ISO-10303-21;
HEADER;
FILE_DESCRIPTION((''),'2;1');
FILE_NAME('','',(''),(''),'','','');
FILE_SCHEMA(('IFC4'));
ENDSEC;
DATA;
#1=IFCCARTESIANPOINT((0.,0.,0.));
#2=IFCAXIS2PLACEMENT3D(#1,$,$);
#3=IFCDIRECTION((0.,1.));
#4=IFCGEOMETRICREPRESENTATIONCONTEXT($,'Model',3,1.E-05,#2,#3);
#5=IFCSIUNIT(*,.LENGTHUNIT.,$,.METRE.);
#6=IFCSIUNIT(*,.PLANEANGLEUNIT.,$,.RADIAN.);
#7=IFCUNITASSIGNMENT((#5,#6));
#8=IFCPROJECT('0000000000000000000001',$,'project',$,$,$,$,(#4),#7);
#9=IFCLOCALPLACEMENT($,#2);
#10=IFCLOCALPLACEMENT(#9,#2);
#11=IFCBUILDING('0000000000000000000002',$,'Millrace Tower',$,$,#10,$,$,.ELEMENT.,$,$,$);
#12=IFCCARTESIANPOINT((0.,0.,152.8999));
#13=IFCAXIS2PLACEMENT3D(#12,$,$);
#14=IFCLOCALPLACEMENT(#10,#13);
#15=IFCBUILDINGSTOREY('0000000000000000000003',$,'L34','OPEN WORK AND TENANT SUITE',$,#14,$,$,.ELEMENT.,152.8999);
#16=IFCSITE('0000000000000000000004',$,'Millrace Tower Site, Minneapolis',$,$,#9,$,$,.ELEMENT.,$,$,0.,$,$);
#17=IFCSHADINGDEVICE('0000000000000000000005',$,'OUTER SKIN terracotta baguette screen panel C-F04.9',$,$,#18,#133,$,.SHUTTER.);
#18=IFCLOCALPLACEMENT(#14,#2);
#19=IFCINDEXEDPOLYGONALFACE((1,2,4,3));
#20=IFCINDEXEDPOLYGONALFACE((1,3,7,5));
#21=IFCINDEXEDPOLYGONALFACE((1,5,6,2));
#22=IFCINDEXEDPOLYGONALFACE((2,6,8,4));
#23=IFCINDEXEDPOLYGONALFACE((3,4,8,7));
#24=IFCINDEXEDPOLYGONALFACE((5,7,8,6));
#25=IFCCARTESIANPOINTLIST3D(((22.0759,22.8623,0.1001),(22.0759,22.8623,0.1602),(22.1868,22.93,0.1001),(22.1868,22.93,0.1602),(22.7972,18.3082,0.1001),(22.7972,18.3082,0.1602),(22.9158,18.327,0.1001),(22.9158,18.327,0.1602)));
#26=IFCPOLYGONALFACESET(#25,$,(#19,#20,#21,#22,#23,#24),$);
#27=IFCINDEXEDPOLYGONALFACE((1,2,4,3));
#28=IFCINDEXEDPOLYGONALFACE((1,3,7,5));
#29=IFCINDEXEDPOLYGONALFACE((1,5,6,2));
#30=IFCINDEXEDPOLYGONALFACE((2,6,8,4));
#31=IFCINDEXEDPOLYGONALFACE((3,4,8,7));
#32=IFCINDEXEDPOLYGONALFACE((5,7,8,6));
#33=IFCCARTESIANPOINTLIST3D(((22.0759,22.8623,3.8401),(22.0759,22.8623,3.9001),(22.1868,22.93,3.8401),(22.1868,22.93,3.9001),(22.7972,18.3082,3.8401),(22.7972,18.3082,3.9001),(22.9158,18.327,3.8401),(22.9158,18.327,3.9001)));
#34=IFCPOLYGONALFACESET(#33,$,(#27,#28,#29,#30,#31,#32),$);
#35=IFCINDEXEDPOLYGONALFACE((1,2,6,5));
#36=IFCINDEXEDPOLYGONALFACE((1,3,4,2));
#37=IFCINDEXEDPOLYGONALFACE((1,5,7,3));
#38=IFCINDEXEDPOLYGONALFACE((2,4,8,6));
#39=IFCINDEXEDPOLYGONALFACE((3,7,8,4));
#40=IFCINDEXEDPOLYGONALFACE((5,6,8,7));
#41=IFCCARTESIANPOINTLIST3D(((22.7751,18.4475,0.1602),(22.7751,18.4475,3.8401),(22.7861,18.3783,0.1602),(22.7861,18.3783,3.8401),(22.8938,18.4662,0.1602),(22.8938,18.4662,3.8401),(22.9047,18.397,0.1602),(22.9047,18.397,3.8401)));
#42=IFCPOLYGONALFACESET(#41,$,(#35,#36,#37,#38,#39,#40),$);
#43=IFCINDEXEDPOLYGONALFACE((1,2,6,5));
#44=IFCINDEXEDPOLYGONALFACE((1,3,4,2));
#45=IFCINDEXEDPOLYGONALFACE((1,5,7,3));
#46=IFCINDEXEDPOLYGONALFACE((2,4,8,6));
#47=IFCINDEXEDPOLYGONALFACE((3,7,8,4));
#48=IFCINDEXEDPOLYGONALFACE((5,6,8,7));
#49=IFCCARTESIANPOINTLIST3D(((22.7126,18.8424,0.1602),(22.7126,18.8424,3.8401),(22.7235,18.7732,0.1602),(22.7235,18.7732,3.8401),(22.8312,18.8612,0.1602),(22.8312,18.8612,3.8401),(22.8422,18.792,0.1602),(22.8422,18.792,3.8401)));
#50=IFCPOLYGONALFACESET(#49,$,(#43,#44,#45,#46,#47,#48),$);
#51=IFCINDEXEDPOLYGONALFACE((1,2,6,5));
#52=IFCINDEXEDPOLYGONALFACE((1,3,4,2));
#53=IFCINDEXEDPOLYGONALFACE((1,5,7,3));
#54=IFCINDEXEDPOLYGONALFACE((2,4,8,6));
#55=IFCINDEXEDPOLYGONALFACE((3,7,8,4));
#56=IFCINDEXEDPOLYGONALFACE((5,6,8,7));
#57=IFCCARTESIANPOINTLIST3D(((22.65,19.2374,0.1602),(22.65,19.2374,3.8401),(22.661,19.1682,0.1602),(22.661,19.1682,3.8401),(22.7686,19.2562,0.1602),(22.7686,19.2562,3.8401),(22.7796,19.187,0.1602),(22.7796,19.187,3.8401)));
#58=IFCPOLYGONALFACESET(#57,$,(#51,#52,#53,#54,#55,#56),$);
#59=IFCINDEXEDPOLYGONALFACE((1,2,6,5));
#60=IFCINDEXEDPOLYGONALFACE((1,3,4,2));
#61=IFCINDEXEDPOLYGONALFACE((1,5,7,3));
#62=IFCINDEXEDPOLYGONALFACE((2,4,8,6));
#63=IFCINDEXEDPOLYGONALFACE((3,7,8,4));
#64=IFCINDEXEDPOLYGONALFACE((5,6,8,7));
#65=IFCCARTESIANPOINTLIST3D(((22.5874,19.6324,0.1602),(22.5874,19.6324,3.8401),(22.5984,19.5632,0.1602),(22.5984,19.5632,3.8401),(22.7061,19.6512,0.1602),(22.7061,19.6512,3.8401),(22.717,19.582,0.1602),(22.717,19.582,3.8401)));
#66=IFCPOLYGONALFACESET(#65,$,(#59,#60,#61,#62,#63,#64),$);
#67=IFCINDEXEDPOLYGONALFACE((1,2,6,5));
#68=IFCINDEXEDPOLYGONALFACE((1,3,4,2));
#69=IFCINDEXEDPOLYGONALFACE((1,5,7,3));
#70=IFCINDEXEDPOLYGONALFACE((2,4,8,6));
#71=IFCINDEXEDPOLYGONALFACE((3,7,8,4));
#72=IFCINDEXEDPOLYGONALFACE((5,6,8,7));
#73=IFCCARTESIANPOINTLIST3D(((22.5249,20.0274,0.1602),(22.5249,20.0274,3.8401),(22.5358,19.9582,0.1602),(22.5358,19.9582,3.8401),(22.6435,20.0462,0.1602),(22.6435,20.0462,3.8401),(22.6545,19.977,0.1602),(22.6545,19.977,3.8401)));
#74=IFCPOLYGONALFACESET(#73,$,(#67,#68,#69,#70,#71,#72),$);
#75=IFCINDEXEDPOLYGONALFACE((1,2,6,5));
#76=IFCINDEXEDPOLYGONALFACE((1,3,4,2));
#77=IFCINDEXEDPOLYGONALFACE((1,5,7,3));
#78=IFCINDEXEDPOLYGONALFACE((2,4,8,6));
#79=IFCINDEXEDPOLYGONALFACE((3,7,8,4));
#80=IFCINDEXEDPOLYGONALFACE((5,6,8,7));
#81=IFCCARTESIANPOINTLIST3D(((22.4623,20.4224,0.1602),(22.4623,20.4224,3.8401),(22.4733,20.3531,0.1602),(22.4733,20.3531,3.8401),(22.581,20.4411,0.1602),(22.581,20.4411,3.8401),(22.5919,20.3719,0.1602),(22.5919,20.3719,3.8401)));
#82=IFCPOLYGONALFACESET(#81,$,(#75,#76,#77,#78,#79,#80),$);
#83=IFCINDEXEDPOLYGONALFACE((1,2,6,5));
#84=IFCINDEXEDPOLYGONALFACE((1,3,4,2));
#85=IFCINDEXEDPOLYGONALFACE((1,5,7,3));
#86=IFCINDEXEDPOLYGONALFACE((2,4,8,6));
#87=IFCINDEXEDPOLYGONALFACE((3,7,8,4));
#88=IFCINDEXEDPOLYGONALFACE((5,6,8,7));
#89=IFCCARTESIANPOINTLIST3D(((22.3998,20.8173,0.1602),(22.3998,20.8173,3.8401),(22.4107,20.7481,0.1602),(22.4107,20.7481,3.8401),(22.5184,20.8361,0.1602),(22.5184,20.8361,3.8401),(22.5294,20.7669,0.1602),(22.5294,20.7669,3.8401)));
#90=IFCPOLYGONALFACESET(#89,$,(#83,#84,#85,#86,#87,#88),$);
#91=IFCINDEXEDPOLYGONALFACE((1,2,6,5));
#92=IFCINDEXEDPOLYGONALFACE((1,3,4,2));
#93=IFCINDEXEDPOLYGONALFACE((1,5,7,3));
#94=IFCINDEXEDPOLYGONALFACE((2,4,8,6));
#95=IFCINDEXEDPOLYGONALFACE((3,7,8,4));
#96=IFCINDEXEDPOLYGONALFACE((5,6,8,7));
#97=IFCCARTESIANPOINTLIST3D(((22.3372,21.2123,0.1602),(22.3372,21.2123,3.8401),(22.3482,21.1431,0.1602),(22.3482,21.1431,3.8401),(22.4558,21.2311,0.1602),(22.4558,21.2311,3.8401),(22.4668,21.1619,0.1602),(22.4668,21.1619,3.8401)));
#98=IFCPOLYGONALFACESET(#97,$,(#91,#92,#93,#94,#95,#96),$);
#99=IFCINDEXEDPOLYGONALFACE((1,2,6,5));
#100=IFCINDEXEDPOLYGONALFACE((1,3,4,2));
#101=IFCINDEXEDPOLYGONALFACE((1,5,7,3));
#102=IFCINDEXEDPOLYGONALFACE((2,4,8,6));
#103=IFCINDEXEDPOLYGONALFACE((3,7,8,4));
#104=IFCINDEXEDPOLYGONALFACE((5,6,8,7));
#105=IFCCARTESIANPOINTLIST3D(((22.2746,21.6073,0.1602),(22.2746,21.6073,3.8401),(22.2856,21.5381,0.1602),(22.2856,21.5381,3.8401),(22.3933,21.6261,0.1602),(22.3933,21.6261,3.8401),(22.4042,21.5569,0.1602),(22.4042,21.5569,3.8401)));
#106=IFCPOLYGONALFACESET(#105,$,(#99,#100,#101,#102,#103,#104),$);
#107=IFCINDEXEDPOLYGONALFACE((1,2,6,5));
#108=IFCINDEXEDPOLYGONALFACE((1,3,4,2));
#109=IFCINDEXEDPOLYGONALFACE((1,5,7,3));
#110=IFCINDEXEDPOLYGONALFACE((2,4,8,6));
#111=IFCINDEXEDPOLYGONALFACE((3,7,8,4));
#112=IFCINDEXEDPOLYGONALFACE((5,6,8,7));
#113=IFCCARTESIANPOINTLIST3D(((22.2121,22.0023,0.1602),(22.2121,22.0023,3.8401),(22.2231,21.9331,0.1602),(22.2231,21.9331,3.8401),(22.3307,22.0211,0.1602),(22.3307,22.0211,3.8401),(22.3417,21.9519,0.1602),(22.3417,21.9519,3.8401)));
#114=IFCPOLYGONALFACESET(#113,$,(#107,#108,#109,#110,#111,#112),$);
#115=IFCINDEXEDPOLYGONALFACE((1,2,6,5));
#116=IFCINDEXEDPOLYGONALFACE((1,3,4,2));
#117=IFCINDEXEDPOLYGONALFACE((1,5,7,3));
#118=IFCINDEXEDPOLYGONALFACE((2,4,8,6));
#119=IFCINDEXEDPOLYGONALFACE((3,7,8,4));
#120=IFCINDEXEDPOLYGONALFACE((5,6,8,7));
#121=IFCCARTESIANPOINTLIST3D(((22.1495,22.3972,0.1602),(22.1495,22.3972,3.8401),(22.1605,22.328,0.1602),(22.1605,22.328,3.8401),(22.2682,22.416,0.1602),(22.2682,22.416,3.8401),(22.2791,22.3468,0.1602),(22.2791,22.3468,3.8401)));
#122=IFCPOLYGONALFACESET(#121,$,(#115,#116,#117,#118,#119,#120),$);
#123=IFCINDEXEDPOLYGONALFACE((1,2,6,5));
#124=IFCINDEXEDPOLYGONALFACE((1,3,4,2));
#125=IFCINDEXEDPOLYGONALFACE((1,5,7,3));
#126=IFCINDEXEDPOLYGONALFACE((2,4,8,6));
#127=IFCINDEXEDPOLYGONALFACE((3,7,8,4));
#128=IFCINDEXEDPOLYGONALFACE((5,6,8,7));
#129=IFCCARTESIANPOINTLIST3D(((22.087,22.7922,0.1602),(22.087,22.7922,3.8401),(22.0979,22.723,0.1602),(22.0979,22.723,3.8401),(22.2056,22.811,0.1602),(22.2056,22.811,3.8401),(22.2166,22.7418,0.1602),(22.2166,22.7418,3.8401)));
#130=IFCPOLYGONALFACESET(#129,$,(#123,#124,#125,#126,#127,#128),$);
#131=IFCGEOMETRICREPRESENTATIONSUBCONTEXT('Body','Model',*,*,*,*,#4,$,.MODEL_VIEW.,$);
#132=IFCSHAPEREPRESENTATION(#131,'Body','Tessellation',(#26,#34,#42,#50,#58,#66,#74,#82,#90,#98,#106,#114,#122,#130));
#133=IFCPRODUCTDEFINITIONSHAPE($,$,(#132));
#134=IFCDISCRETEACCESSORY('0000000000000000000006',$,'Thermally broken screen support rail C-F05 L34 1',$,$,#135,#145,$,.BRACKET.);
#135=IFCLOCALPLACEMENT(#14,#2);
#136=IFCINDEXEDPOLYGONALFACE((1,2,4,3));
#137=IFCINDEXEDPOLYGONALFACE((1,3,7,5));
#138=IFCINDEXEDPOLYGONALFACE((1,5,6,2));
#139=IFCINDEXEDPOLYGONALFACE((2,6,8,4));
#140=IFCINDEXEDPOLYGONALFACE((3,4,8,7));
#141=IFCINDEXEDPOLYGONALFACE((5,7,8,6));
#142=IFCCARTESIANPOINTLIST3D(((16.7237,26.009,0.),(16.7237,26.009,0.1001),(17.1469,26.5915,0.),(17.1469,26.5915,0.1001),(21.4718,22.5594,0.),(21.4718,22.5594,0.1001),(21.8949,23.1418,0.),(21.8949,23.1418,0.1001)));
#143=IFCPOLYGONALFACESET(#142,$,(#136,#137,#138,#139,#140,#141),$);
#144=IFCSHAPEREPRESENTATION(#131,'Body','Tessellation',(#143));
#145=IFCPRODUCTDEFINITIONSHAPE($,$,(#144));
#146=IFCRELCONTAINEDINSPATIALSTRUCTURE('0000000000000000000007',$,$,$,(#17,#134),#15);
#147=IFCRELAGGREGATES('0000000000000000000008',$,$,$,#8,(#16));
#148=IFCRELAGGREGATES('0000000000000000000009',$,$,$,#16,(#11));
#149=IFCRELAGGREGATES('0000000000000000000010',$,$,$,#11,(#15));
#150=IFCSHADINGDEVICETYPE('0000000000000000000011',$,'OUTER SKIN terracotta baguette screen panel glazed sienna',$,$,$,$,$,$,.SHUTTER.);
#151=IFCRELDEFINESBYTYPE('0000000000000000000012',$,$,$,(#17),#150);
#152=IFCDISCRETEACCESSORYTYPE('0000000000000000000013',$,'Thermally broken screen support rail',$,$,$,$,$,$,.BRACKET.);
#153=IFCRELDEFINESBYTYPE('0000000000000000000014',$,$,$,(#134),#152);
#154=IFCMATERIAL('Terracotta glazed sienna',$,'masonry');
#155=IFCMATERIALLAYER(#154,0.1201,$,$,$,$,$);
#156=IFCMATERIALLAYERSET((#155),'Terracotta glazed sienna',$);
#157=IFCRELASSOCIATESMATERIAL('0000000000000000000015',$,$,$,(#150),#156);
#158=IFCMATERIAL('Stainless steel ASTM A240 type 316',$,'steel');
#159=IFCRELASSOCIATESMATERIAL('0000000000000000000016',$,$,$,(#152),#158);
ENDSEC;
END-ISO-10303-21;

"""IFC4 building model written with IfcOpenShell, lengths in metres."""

from ifc_helpers import new_model, entity, si_unit, direction, frame, frame_2d, origin, origin_2d, place, context, subcontext, project, spatial, rectangle, extrude, source, transform, mapped, material, layer, layer_set, type_object, element, save


model = new_model("IFC4")

# Units and contexts
model_context = context("Model", 3, precision=1e-05, world=origin(), true_north=direction((0.0, 1.0)))
body_context = subcontext(model_context, "Body", "Model", "MODEL_VIEW")
ifc_project = project(units=[si_unit("LENGTHUNIT", "METRE"), si_unit("PLANEANGLEUNIT", "RADIAN")], contexts=[model_context])

# Site, building, storey
site_placement = place(None, origin())
site = spatial("IfcSite", under=ifc_project, at=site_placement, Name="Millrace Tower Site, Minneapolis", CompositionType="ELEMENT", RefElevation=0.0)
building_placement = place(site_placement, origin())
building = spatial("IfcBuilding", under=site, at=building_placement, Name="Millrace Tower", CompositionType="ELEMENT")
storey_placement = place(building_placement, frame((0.0, 0.0, 152.8999)))
storey = spatial("IfcBuildingStorey", under=building, at=storey_placement, Name="L34", Description="OPEN WORK AND TENANT SUITE", CompositionType="ELEMENT", Elevation=152.8999)

# Shading device
ifc_material_1 = material(Name="Terracotta glazed sienna", Category="masonry")
ifc_layer_1 = layer(ifc_material_1, 0.1201)
ifc_layer_set_1 = layer_set([ifc_layer_1], Name="Terracotta glazed sienna")
shading_device_type = type_object("IfcShadingDeviceType", Name="OUTER SKIN terracotta baguette screen panel glazed sienna", PredefinedType="SHUTTER", material=ifc_layer_set_1)
cartesian_point_1 = entity("IfcCartesianPoint", [-2.3179, 0.0601])
shared_polyline_1 = entity("IfcPolyline", [cartesian_point_1, entity("IfcCartesianPoint", [2.293, 0.0601]), entity("IfcCartesianPoint", [2.3425, -0.0601]), entity("IfcCartesianPoint", [-2.3179, -0.0601]), cartesian_point_1])
shared_shape_1 = source(origin(), body_context, "Body", "SweptSolid", [
    entity("IfcExtrudedAreaSolid", entity("IfcArbitraryClosedProfileDef", "AREA", None, shared_polyline_1), entity("IfcAxis2Placement3D", entity("IfcCartesianPoint", [0.0, 0.0, 0.0])), entity("IfcDirection", [0.0, 0.0, 1.0]), 0.0601),
    entity("IfcExtrudedAreaSolid", entity("IfcArbitraryClosedProfileDef", "AREA", None, shared_polyline_1), entity("IfcAxis2Placement3D", entity("IfcCartesianPoint", [0.0, 0.0, 3.74])), entity("IfcDirection", [0.0, 0.0, 1.0]), 0.0601),
    extrude(rectangle(XDim=0.0701, YDim=0.1201, at=frame_2d((-2.2119, 0.0))), frame((0.0, 0.0, 0.0601)), (0.0, 0.0, 1.0), 3.6799),
    extrude(rectangle(XDim=0.0701, YDim=0.1201, at=frame_2d((-1.812, 0.0))), frame((0.0, 0.0, 0.0601)), (0.0, 0.0, 1.0), 3.6799),
    extrude(rectangle(XDim=0.0701, YDim=0.1201, at=frame_2d((-1.4121, 0.0))), frame((0.0, 0.0, 0.0601)), (0.0, 0.0, 1.0), 3.6799),
    extrude(rectangle(XDim=0.0701, YDim=0.1201, at=frame_2d((-1.0122, 0.0))), frame((0.0, 0.0, 0.0601)), (0.0, 0.0, 1.0), 3.6799),
    extrude(rectangle(XDim=0.0701, YDim=0.1201, at=frame_2d((-0.6123, 0.0))), frame((0.0, 0.0, 0.0601)), (0.0, 0.0, 1.0), 3.6799),
    extrude(rectangle(XDim=0.0701, YDim=0.1201, at=frame_2d((-0.2124, 0.0))), frame((0.0, 0.0, 0.0601)), (0.0, 0.0, 1.0), 3.6799),
    extrude(rectangle(XDim=0.0701, YDim=0.1201, at=frame_2d((0.1875, 0.0))), frame((0.0, 0.0, 0.0601)), (0.0, 0.0, 1.0), 3.6799),
    extrude(rectangle(XDim=0.0701, YDim=0.1201, at=frame_2d((0.5874, 0.0))), frame((0.0, 0.0, 0.0601)), (0.0, 0.0, 1.0), 3.6799),
    extrude(rectangle(XDim=0.0701, YDim=0.1201, at=frame_2d((0.9873, 0.0))), frame((0.0, 0.0, 0.0601)), (0.0, 0.0, 1.0), 3.6799),
    extrude(rectangle(XDim=0.0701, YDim=0.1201, at=frame_2d((1.3872, 0.0))), frame((0.0, 0.0, 0.0601)), (0.0, 0.0, 1.0), 3.6799),
    extrude(rectangle(XDim=0.0701, YDim=0.1201, at=frame_2d((1.7871, 0.0))), frame((0.0, 0.0, 0.0601)), (0.0, 0.0, 1.0), 3.6799),
    extrude(rectangle(XDim=0.0701, YDim=0.1201, at=frame_2d((2.187, 0.0))), frame((0.0, 0.0, 0.0601)), (0.0, 0.0, 1.0), 3.6799),
])
shading_device_1_placement = place(storey_placement, frame((22.4939, 20.6069, 0.1001), z_axis=(0.0, 0.0, 1.0), x_axis=(-0.156434, 0.987688, 0.0)))
element("IfcShadingDevice", 1, at=shading_device_1_placement, inside=storey, type_object=shading_device_type, Name="OUTER SKIN terracotta baguette screen panel C-F04.9", PredefinedType="SHUTTER", context=body_context, shape_type="MappedRepresentation", body=[
    mapped(shared_shape_1, transform((0.0, 0.0, 0.0), scale=1.0)),
])

# Discrete accessory
ifc_material_2 = material(Name="Stainless steel ASTM A240 type 316", Category="steel")
discrete_accessory_type = type_object("IfcDiscreteAccessoryType", Name="Thermally broken screen support rail", PredefinedType="BRACKET", material=ifc_material_2)
discrete_accessory_placement = place(storey_placement, frame((19.3093, 24.5754, 0.0), z_axis=(0.0, 0.0, 1.0), x_axis=(-0.809017, 0.587785, 0.0)))
element("IfcDiscreteAccessory", 2, at=discrete_accessory_placement, inside=storey, type_object=discrete_accessory_type, Name="Thermally broken screen support rail C-F05 L34 1", PredefinedType="BRACKET", context=body_context, shape_type="SweptSolid", body=[
    extrude(rectangle(XDim=5.8689, YDim=0.72, at=origin_2d()), origin(), (0.0, 0.0, 1.0), 0.1001),
])

save(model, "model.ifc")
